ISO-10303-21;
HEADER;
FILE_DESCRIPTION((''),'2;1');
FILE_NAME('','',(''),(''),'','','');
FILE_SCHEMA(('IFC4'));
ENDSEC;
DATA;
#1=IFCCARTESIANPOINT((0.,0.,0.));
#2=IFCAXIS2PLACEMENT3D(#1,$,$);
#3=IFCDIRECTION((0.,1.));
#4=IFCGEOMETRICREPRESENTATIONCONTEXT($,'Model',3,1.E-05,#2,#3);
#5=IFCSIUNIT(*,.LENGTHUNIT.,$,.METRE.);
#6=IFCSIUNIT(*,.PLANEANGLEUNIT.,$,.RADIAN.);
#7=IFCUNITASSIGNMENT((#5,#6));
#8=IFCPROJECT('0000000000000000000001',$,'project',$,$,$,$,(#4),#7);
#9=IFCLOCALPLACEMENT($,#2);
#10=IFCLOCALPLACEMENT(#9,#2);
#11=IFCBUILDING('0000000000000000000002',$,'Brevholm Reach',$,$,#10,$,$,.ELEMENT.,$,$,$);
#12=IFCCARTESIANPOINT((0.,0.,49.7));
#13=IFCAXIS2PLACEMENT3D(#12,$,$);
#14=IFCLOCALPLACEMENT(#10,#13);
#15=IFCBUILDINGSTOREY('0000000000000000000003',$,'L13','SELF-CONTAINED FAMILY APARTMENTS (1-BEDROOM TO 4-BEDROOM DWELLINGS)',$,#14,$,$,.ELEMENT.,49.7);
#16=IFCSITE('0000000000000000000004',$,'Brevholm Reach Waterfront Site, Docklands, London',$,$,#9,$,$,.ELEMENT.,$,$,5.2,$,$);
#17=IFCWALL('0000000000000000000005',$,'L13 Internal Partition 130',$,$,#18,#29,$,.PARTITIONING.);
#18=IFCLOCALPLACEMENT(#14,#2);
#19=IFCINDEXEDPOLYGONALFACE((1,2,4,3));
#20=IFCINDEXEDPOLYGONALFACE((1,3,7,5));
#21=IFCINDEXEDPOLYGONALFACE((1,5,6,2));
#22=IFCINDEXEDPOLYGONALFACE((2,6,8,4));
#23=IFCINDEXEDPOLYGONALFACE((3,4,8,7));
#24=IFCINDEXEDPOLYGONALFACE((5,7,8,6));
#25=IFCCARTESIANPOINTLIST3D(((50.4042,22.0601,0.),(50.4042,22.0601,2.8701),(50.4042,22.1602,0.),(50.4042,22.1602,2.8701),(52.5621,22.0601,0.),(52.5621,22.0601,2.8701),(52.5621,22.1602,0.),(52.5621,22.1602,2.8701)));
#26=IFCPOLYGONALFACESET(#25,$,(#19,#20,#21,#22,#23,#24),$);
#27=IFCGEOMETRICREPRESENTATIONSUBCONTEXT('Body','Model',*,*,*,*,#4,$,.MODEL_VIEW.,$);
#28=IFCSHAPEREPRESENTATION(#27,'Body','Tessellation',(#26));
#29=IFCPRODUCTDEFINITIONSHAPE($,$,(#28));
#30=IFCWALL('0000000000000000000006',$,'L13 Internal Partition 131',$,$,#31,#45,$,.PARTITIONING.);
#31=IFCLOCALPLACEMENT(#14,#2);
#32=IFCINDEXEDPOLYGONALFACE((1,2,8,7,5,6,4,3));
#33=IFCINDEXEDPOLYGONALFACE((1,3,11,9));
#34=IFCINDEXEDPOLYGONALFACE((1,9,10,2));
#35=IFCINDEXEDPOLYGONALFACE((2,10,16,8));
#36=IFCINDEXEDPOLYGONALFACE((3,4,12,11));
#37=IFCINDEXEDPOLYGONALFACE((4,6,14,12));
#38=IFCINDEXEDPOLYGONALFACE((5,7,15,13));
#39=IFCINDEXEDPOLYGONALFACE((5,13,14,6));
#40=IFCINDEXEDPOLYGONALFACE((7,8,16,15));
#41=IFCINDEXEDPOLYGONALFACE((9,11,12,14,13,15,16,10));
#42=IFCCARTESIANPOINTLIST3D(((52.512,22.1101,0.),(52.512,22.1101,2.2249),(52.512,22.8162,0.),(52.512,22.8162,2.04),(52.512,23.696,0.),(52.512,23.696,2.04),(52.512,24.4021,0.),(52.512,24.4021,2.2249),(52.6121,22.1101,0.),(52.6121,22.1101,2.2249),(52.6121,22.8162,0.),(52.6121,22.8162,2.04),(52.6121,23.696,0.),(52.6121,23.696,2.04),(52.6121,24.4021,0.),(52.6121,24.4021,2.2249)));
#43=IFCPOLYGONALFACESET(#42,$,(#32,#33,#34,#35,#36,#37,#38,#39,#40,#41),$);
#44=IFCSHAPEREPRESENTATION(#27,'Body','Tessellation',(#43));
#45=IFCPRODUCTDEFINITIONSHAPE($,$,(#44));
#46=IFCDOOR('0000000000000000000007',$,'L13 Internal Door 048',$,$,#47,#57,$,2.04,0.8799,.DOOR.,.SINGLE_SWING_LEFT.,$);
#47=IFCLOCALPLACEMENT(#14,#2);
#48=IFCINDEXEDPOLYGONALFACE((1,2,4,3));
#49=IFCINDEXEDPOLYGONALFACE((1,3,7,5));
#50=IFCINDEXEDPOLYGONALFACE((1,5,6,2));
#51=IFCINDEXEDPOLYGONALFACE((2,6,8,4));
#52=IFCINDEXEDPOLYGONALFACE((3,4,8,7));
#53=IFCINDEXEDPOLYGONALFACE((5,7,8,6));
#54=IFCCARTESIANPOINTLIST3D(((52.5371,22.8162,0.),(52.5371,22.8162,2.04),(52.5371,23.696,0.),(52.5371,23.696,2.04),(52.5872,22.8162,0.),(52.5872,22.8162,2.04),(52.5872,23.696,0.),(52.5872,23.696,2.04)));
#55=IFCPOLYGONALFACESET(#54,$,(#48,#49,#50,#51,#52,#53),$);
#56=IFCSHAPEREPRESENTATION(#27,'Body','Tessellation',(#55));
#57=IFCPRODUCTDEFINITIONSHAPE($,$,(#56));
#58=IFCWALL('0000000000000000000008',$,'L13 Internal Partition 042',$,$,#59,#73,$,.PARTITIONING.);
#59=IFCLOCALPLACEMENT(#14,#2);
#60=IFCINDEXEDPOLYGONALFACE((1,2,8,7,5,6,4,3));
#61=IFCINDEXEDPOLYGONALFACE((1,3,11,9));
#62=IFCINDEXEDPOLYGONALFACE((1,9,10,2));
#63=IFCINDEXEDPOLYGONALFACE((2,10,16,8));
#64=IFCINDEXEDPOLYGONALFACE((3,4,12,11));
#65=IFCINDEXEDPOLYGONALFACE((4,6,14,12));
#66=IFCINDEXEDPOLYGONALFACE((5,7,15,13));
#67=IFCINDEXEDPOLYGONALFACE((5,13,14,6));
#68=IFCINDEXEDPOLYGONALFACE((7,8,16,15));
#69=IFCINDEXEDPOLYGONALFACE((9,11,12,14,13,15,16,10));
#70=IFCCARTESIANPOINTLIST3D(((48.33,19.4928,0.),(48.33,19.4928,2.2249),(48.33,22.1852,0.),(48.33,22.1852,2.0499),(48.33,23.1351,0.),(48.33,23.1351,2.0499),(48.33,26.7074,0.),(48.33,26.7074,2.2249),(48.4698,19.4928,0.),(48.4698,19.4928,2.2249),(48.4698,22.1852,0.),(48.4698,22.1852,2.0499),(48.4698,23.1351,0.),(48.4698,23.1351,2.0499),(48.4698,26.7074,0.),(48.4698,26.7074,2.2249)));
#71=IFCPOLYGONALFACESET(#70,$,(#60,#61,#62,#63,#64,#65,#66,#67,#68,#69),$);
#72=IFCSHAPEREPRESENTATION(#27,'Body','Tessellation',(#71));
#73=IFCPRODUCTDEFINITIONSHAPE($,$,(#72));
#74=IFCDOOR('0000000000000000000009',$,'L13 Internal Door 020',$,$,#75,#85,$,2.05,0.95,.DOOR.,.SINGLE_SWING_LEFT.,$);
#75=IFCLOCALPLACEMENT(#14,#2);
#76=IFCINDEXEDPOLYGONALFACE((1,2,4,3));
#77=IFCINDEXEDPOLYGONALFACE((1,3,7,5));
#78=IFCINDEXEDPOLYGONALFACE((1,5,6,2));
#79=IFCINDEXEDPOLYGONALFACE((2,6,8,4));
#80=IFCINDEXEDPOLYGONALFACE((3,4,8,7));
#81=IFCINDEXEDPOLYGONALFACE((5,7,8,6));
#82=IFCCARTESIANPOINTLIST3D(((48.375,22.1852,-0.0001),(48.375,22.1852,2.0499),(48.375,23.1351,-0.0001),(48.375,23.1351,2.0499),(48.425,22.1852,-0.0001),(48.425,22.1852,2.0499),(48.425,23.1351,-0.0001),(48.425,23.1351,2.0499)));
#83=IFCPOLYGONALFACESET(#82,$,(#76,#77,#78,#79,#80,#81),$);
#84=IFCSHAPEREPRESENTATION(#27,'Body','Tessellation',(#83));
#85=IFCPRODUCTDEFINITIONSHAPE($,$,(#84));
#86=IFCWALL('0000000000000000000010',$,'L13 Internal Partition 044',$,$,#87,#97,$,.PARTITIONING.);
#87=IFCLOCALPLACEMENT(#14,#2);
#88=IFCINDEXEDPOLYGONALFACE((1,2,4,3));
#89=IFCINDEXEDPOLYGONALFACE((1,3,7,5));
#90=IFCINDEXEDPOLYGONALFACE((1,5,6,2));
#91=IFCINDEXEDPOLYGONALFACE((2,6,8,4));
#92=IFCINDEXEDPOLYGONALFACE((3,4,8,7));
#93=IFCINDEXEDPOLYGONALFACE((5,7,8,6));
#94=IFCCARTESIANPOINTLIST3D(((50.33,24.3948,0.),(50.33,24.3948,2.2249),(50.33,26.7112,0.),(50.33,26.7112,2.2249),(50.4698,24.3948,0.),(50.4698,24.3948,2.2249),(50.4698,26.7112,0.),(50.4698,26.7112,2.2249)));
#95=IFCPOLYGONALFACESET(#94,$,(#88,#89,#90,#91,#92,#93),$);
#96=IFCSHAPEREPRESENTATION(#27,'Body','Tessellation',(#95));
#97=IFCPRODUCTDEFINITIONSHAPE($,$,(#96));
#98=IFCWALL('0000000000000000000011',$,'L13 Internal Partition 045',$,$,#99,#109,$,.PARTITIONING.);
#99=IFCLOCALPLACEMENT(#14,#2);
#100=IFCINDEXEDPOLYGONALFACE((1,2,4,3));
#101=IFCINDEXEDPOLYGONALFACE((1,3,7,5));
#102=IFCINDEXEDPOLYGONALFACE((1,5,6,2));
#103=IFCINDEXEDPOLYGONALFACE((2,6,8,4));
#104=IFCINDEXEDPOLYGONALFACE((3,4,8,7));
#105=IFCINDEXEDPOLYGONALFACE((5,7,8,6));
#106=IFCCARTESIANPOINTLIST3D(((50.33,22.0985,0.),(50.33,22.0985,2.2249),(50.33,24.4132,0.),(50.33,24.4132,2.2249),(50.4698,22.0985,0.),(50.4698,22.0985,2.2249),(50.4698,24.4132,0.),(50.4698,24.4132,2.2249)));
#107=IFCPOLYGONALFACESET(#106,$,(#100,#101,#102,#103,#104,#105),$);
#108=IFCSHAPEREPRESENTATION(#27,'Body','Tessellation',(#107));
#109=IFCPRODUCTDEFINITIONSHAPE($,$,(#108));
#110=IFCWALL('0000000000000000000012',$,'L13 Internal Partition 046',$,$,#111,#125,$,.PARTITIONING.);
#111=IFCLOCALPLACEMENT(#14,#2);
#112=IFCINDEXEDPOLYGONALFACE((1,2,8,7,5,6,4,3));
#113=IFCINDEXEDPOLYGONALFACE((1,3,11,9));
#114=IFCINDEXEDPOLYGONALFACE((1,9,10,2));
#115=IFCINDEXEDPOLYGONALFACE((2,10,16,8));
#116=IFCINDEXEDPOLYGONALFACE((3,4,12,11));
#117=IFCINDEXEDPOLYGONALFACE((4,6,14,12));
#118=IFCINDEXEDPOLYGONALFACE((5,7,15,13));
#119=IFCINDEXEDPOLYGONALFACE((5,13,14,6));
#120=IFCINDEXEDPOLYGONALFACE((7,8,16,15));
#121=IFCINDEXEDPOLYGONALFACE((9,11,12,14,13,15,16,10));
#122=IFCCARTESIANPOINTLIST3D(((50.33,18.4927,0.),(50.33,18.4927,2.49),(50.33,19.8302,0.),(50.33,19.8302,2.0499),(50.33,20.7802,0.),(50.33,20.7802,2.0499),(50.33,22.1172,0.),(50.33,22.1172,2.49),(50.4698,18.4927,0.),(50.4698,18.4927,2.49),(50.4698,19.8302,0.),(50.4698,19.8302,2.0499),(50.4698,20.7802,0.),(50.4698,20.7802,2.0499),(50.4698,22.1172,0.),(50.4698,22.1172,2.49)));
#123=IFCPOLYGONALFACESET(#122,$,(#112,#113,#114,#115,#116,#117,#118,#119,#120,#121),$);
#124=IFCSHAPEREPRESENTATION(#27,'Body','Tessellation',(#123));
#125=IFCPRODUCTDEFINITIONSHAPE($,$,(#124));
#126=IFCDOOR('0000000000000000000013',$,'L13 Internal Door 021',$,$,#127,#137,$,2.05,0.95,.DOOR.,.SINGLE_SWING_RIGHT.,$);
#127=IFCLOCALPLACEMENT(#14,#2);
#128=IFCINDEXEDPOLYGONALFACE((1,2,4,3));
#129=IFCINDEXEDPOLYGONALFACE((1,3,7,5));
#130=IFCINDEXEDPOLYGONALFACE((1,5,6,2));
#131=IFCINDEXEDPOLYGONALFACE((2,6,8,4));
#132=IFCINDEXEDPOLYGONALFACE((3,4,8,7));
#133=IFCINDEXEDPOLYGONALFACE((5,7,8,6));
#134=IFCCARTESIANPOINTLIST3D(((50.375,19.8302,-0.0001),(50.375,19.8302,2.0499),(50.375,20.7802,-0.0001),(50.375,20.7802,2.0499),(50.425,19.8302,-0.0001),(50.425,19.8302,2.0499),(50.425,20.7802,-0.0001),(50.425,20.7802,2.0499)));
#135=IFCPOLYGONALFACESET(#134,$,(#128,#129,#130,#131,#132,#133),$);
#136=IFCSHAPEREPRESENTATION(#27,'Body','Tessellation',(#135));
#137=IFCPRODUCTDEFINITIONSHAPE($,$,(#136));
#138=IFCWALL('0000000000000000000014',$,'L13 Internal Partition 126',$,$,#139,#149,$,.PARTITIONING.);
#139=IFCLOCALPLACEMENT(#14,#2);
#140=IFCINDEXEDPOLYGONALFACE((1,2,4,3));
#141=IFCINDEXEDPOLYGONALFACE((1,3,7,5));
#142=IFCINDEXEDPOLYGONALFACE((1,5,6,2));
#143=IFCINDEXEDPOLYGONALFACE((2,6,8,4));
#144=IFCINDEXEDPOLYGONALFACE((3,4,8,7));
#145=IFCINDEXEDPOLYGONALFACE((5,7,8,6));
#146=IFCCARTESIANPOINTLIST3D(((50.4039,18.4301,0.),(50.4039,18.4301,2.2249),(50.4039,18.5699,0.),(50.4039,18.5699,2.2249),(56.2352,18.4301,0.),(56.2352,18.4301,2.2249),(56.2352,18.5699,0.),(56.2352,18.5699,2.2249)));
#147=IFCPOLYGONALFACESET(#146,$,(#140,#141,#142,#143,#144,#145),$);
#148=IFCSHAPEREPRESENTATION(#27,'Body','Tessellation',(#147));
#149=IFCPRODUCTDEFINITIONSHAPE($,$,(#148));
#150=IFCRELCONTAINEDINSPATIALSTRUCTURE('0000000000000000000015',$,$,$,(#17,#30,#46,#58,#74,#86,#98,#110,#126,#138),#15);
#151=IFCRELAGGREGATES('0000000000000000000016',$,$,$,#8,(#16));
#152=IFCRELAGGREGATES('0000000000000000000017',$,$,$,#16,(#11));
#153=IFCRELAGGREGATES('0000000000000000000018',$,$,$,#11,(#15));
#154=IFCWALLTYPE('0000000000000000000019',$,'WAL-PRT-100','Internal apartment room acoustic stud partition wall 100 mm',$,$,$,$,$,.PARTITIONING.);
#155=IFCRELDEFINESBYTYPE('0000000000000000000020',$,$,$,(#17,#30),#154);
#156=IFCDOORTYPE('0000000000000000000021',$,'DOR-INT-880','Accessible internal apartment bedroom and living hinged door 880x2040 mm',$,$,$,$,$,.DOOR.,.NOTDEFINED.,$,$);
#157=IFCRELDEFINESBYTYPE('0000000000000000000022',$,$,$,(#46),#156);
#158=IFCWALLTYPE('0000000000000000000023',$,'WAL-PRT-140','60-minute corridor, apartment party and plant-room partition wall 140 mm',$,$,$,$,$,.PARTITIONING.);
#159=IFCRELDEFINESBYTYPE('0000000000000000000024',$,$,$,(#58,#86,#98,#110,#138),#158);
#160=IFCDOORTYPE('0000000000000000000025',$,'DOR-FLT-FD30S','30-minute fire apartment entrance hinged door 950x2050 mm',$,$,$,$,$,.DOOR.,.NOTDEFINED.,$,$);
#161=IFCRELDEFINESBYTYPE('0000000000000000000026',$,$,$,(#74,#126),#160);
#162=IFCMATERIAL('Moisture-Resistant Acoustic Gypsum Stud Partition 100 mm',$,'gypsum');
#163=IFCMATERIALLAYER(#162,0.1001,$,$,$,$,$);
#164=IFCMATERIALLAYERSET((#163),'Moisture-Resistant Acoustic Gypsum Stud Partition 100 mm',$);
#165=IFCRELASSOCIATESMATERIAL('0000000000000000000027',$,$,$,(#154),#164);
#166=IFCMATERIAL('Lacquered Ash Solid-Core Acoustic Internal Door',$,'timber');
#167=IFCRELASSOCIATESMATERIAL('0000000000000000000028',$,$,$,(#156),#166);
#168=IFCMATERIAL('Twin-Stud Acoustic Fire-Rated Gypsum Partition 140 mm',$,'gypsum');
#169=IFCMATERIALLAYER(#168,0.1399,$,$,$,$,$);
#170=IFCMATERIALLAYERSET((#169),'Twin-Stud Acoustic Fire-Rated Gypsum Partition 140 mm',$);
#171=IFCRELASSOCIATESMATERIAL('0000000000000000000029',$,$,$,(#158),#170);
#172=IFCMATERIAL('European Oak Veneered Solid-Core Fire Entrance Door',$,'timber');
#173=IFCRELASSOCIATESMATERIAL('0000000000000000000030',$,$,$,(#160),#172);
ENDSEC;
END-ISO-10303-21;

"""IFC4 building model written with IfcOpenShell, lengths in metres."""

from ifc_helpers import new_model, si_unit, direction, frame, frame_2d, origin, place, context, subcontext, project, spatial, rectangle, extrude, material, layer, layer_set, type_object, element, fill, save


model = new_model("IFC4")

# Units and contexts
model_context = context("Model", 3, precision=1e-05, world=origin(), true_north=direction((0.0, 1.0)))
body_context = subcontext(model_context, "Body", "Model", "MODEL_VIEW")
ifc_project = project(units=[si_unit("LENGTHUNIT", "METRE"), si_unit("PLANEANGLEUNIT", "RADIAN")], contexts=[model_context])

# Site, building, storey
site_placement = place(None, origin())
site = spatial("IfcSite", under=ifc_project, at=site_placement, Name="Brevholm Reach Waterfront Site, Docklands, London", CompositionType="ELEMENT", RefElevation=5.2)
building_placement = place(site_placement, origin())
building = spatial("IfcBuilding", under=site, at=building_placement, Name="Brevholm Reach", CompositionType="ELEMENT")
storey_placement = place(building_placement, frame((0.0, 0.0, 49.7)))
storey = spatial("IfcBuildingStorey", under=building, at=storey_placement, Name="L13", Description="SELF-CONTAINED FAMILY APARTMENTS (1-BEDROOM TO 4-BEDROOM DWELLINGS)", CompositionType="ELEMENT", Elevation=49.7)

# Shared definitions
ifc_material_1 = material(Name="Moisture-Resistant Acoustic Gypsum Stud Partition 100 mm", Category="gypsum")
ifc_layer_1 = layer(ifc_material_1, 0.1001)
ifc_layer_set_1 = layer_set([ifc_layer_1], Name="Moisture-Resistant Acoustic Gypsum Stud Partition 100 mm")
wall_type_1 = type_object("IfcWallType", Name="WAL-PRT-100", Description="Internal apartment room acoustic stud partition wall 100 mm", PredefinedType="PARTITIONING", material=ifc_layer_set_1)

# Wall
wall_1_placement = place(storey_placement, frame((50.4041, 22.1101, 0.0), z_axis=(0.0, 0.0, 1.0), x_axis=(1.0, 0.0, 0.0)))
element("IfcWall", 1, at=wall_1_placement, inside=storey, type_object=wall_type_1, Name="L13 Internal Partition 130", PredefinedType="PARTITIONING", context=body_context, shape_type="SweptSolid", body=[
    extrude(rectangle(XDim=2.158, YDim=0.1001, at=frame_2d((1.0791, 0.0))), origin(), (0.0, 0.0, 1.0), 2.8701),
])

# Walls, openings, doors
wall_2_placement = place(storey_placement, frame((52.562, 22.1101, 0.0), z_axis=(0.0, 0.0, 1.0), x_axis=(0.0, 1.0, 0.0)))
wall_2 = element("IfcWall", 2, at=wall_2_placement, inside=storey, type_object=wall_type_1, Name="L13 Internal Partition 131", PredefinedType="PARTITIONING", context=body_context, shape_type="SweptSolid", body=[
    extrude(rectangle(XDim=2.292, YDim=0.1001, at=frame_2d((1.146, 0.0))), origin(), (0.0, 0.0, 1.0), 2.2249),
])
opening_1_placement = place(wall_2_placement, frame((0.7061, 0.0, 0.0)))
opening_1 = element("IfcOpeningElement", 3, at=opening_1_placement, cuts=wall_2, PredefinedType="OPENING", context=body_context, shape_type="SweptSolid", body=[
    extrude(rectangle(XDim=0.8799, YDim=2.04, at=frame_2d((0.4399, 1.02))), frame((0.0, 0.0601, 0.0), z_axis=(0.0, -1.0, 0.0), x_axis=(1.0, 0.0, 0.0)), (0.0, 0.0, 1.0), 0.1201),
])
ifc_material_2 = material(Name="Lacquered Ash Solid-Core Acoustic Internal Door", Category="timber")
door_type_1 = type_object("IfcDoorType", Name="DOR-INT-880", Description="Accessible internal apartment bedroom and living hinged door 880x2040 mm", OperationType="NOTDEFINED", PredefinedType="DOOR", material=ifc_material_2)
door_1_placement = place(opening_1_placement, origin())
door_1 = element("IfcDoor", 4, at=door_1_placement, inside=storey, type_object=door_type_1, Name="L13 Internal Door 048", OperationType="SINGLE_SWING_LEFT", OverallHeight=2.04, OverallWidth=0.8799, PredefinedType="DOOR", context=body_context, shape_type="SweptSolid", body=[
    extrude(rectangle(XDim=0.8799, YDim=2.04, at=frame_2d((0.4399, 1.02))), frame((0.0, 0.0249, 0.0), z_axis=(0.0, -1.0, 0.0), x_axis=(1.0, 0.0, 0.0)), (0.0, 0.0, 1.0), 0.05),
])
fill(opening_1, door_1)
ifc_material_3 = material(Name="Twin-Stud Acoustic Fire-Rated Gypsum Partition 140 mm", Category="gypsum")
ifc_layer_2 = layer(ifc_material_3, 0.1399)
ifc_layer_set_2 = layer_set([ifc_layer_2], Name="Twin-Stud Acoustic Fire-Rated Gypsum Partition 140 mm")
wall_type_2 = type_object("IfcWallType", Name="WAL-PRT-140", Description="60-minute corridor, apartment party and plant-room partition wall 140 mm", PredefinedType="PARTITIONING", material=ifc_layer_set_2)
wall_3_placement = place(storey_placement, frame((48.3999, 19.4927, 0.0), z_axis=(0.0, 0.0, 1.0), x_axis=(0.0, 1.0, 0.0)))
wall_3 = element("IfcWall", 5, at=wall_3_placement, inside=storey, type_object=wall_type_2, Name="L13 Internal Partition 042", PredefinedType="PARTITIONING", context=body_context, shape_type="SweptSolid", body=[
    extrude(rectangle(XDim=7.2146, YDim=0.1399, at=frame_2d((3.6074, 0.0))), origin(), (0.0, 0.0, 1.0), 2.2249),
])
opening_2_placement = place(wall_3_placement, frame((2.6924, 0.0, 0.0)))
opening_2 = element("IfcOpeningElement", 6, at=opening_2_placement, cuts=wall_3, PredefinedType="OPENING", context=body_context, shape_type="SweptSolid", body=[
    extrude(rectangle(XDim=0.95, YDim=2.05, at=frame_2d((0.4751, 1.0249))), frame((0.0, 0.0798, 0.0), z_axis=(0.0, -1.0, 0.0), x_axis=(1.0, 0.0, 0.0)), (0.0, 0.0, 1.0), 0.1599),
])
ifc_material_4 = material(Name="European Oak Veneered Solid-Core Fire Entrance Door", Category="timber")
door_type_2 = type_object("IfcDoorType", Name="DOR-FLT-FD30S", Description="30-minute fire apartment entrance hinged door 950x2050 mm", OperationType="NOTDEFINED", PredefinedType="DOOR", material=ifc_material_4)
door_2_placement = place(opening_2_placement, origin())
door_2 = element("IfcDoor", 7, at=door_2_placement, inside=storey, type_object=door_type_2, Name="L13 Internal Door 020", OperationType="SINGLE_SWING_LEFT", OverallHeight=2.05, OverallWidth=0.95, PredefinedType="DOOR", context=body_context, shape_type="SweptSolid", body=[
    extrude(rectangle(XDim=0.95, YDim=2.05, at=frame_2d((0.4751, 1.0249))), frame((0.0, 0.0249, 0.0), z_axis=(0.0, -1.0, 0.0), x_axis=(1.0, 0.0, 0.0)), (0.0, 0.0, 1.0), 0.05),
])
fill(opening_2, door_2)

# Walls
wall_4_placement = place(storey_placement, frame((50.3999, 24.3948, 0.0), z_axis=(0.0, 0.0, 1.0), x_axis=(0.0, 1.0, 0.0)))
element("IfcWall", 8, at=wall_4_placement, inside=storey, type_object=wall_type_2, Name="L13 Internal Partition 044", PredefinedType="PARTITIONING", context=body_context, shape_type="SweptSolid", body=[
    extrude(rectangle(XDim=2.3164, YDim=0.1399, at=frame_2d((1.1582, 0.0))), origin(), (0.0, 0.0, 1.0), 2.2249),
])
wall_5_placement = place(storey_placement, frame((50.3999, 22.0986, 0.0), z_axis=(0.0, 0.0, 1.0), x_axis=(0.0, 1.0, 0.0)))
element("IfcWall", 9, at=wall_5_placement, inside=storey, type_object=wall_type_2, Name="L13 Internal Partition 045", PredefinedType="PARTITIONING", context=body_context, shape_type="SweptSolid", body=[
    extrude(rectangle(XDim=2.3147, YDim=0.1399, at=frame_2d((1.1572, 0.0))), origin(), (0.0, 0.0, 1.0), 2.2249),
])

# Wall, opening, door
wall_6_placement = place(storey_placement, frame((50.3999, 18.4927, 0.0), z_axis=(0.0, 0.0, 1.0), x_axis=(0.0, 1.0, 0.0)))
wall_6 = element("IfcWall", 10, at=wall_6_placement, inside=storey, type_object=wall_type_2, Name="L13 Internal Partition 046", PredefinedType="PARTITIONING", context=body_context, shape_type="SweptSolid", body=[
    extrude(rectangle(XDim=3.6245, YDim=0.1399, at=frame_2d((1.8123, 0.0))), origin(), (0.0, 0.0, 1.0), 2.49),
])
opening_3_placement = place(wall_6_placement, frame((1.3374, 0.0, 0.0)))
opening_3 = element("IfcOpeningElement", 11, at=opening_3_placement, cuts=wall_6, PredefinedType="OPENING", context=body_context, shape_type="SweptSolid", body=[
    extrude(rectangle(XDim=0.95, YDim=2.05, at=frame_2d((0.4751, 1.0249))), frame((0.0, 0.0798, 0.0), z_axis=(0.0, -1.0, 0.0), x_axis=(1.0, 0.0, 0.0)), (0.0, 0.0, 1.0), 0.1599),
])
door_3_placement = place(opening_3_placement, origin())
door_3 = element("IfcDoor", 12, at=door_3_placement, inside=storey, type_object=door_type_2, Name="L13 Internal Door 021", OperationType="SINGLE_SWING_RIGHT", OverallHeight=2.05, OverallWidth=0.95, PredefinedType="DOOR", context=body_context, shape_type="SweptSolid", body=[
    extrude(rectangle(XDim=0.95, YDim=2.05, at=frame_2d((0.4751, 1.0249))), frame((0.0, 0.0249, 0.0), z_axis=(0.0, -1.0, 0.0), x_axis=(1.0, 0.0, 0.0)), (0.0, 0.0, 1.0), 0.05),
])
fill(opening_3, door_3)

# Wall
wall_7_placement = place(storey_placement, frame((50.4041, 18.5, 0.0), z_axis=(0.0, 0.0, 1.0), x_axis=(1.0, 0.0, 0.0)))
element("IfcWall", 13, at=wall_7_placement, inside=storey, type_object=wall_type_2, Name="L13 Internal Partition 126", PredefinedType="PARTITIONING", context=body_context, shape_type="SweptSolid", body=[
    extrude(rectangle(XDim=5.8313, YDim=0.1399, at=frame_2d((2.9155, 0.0))), origin(), (0.0, 0.0, 1.0), 2.2249),
])

save(model, "model.ifc")
